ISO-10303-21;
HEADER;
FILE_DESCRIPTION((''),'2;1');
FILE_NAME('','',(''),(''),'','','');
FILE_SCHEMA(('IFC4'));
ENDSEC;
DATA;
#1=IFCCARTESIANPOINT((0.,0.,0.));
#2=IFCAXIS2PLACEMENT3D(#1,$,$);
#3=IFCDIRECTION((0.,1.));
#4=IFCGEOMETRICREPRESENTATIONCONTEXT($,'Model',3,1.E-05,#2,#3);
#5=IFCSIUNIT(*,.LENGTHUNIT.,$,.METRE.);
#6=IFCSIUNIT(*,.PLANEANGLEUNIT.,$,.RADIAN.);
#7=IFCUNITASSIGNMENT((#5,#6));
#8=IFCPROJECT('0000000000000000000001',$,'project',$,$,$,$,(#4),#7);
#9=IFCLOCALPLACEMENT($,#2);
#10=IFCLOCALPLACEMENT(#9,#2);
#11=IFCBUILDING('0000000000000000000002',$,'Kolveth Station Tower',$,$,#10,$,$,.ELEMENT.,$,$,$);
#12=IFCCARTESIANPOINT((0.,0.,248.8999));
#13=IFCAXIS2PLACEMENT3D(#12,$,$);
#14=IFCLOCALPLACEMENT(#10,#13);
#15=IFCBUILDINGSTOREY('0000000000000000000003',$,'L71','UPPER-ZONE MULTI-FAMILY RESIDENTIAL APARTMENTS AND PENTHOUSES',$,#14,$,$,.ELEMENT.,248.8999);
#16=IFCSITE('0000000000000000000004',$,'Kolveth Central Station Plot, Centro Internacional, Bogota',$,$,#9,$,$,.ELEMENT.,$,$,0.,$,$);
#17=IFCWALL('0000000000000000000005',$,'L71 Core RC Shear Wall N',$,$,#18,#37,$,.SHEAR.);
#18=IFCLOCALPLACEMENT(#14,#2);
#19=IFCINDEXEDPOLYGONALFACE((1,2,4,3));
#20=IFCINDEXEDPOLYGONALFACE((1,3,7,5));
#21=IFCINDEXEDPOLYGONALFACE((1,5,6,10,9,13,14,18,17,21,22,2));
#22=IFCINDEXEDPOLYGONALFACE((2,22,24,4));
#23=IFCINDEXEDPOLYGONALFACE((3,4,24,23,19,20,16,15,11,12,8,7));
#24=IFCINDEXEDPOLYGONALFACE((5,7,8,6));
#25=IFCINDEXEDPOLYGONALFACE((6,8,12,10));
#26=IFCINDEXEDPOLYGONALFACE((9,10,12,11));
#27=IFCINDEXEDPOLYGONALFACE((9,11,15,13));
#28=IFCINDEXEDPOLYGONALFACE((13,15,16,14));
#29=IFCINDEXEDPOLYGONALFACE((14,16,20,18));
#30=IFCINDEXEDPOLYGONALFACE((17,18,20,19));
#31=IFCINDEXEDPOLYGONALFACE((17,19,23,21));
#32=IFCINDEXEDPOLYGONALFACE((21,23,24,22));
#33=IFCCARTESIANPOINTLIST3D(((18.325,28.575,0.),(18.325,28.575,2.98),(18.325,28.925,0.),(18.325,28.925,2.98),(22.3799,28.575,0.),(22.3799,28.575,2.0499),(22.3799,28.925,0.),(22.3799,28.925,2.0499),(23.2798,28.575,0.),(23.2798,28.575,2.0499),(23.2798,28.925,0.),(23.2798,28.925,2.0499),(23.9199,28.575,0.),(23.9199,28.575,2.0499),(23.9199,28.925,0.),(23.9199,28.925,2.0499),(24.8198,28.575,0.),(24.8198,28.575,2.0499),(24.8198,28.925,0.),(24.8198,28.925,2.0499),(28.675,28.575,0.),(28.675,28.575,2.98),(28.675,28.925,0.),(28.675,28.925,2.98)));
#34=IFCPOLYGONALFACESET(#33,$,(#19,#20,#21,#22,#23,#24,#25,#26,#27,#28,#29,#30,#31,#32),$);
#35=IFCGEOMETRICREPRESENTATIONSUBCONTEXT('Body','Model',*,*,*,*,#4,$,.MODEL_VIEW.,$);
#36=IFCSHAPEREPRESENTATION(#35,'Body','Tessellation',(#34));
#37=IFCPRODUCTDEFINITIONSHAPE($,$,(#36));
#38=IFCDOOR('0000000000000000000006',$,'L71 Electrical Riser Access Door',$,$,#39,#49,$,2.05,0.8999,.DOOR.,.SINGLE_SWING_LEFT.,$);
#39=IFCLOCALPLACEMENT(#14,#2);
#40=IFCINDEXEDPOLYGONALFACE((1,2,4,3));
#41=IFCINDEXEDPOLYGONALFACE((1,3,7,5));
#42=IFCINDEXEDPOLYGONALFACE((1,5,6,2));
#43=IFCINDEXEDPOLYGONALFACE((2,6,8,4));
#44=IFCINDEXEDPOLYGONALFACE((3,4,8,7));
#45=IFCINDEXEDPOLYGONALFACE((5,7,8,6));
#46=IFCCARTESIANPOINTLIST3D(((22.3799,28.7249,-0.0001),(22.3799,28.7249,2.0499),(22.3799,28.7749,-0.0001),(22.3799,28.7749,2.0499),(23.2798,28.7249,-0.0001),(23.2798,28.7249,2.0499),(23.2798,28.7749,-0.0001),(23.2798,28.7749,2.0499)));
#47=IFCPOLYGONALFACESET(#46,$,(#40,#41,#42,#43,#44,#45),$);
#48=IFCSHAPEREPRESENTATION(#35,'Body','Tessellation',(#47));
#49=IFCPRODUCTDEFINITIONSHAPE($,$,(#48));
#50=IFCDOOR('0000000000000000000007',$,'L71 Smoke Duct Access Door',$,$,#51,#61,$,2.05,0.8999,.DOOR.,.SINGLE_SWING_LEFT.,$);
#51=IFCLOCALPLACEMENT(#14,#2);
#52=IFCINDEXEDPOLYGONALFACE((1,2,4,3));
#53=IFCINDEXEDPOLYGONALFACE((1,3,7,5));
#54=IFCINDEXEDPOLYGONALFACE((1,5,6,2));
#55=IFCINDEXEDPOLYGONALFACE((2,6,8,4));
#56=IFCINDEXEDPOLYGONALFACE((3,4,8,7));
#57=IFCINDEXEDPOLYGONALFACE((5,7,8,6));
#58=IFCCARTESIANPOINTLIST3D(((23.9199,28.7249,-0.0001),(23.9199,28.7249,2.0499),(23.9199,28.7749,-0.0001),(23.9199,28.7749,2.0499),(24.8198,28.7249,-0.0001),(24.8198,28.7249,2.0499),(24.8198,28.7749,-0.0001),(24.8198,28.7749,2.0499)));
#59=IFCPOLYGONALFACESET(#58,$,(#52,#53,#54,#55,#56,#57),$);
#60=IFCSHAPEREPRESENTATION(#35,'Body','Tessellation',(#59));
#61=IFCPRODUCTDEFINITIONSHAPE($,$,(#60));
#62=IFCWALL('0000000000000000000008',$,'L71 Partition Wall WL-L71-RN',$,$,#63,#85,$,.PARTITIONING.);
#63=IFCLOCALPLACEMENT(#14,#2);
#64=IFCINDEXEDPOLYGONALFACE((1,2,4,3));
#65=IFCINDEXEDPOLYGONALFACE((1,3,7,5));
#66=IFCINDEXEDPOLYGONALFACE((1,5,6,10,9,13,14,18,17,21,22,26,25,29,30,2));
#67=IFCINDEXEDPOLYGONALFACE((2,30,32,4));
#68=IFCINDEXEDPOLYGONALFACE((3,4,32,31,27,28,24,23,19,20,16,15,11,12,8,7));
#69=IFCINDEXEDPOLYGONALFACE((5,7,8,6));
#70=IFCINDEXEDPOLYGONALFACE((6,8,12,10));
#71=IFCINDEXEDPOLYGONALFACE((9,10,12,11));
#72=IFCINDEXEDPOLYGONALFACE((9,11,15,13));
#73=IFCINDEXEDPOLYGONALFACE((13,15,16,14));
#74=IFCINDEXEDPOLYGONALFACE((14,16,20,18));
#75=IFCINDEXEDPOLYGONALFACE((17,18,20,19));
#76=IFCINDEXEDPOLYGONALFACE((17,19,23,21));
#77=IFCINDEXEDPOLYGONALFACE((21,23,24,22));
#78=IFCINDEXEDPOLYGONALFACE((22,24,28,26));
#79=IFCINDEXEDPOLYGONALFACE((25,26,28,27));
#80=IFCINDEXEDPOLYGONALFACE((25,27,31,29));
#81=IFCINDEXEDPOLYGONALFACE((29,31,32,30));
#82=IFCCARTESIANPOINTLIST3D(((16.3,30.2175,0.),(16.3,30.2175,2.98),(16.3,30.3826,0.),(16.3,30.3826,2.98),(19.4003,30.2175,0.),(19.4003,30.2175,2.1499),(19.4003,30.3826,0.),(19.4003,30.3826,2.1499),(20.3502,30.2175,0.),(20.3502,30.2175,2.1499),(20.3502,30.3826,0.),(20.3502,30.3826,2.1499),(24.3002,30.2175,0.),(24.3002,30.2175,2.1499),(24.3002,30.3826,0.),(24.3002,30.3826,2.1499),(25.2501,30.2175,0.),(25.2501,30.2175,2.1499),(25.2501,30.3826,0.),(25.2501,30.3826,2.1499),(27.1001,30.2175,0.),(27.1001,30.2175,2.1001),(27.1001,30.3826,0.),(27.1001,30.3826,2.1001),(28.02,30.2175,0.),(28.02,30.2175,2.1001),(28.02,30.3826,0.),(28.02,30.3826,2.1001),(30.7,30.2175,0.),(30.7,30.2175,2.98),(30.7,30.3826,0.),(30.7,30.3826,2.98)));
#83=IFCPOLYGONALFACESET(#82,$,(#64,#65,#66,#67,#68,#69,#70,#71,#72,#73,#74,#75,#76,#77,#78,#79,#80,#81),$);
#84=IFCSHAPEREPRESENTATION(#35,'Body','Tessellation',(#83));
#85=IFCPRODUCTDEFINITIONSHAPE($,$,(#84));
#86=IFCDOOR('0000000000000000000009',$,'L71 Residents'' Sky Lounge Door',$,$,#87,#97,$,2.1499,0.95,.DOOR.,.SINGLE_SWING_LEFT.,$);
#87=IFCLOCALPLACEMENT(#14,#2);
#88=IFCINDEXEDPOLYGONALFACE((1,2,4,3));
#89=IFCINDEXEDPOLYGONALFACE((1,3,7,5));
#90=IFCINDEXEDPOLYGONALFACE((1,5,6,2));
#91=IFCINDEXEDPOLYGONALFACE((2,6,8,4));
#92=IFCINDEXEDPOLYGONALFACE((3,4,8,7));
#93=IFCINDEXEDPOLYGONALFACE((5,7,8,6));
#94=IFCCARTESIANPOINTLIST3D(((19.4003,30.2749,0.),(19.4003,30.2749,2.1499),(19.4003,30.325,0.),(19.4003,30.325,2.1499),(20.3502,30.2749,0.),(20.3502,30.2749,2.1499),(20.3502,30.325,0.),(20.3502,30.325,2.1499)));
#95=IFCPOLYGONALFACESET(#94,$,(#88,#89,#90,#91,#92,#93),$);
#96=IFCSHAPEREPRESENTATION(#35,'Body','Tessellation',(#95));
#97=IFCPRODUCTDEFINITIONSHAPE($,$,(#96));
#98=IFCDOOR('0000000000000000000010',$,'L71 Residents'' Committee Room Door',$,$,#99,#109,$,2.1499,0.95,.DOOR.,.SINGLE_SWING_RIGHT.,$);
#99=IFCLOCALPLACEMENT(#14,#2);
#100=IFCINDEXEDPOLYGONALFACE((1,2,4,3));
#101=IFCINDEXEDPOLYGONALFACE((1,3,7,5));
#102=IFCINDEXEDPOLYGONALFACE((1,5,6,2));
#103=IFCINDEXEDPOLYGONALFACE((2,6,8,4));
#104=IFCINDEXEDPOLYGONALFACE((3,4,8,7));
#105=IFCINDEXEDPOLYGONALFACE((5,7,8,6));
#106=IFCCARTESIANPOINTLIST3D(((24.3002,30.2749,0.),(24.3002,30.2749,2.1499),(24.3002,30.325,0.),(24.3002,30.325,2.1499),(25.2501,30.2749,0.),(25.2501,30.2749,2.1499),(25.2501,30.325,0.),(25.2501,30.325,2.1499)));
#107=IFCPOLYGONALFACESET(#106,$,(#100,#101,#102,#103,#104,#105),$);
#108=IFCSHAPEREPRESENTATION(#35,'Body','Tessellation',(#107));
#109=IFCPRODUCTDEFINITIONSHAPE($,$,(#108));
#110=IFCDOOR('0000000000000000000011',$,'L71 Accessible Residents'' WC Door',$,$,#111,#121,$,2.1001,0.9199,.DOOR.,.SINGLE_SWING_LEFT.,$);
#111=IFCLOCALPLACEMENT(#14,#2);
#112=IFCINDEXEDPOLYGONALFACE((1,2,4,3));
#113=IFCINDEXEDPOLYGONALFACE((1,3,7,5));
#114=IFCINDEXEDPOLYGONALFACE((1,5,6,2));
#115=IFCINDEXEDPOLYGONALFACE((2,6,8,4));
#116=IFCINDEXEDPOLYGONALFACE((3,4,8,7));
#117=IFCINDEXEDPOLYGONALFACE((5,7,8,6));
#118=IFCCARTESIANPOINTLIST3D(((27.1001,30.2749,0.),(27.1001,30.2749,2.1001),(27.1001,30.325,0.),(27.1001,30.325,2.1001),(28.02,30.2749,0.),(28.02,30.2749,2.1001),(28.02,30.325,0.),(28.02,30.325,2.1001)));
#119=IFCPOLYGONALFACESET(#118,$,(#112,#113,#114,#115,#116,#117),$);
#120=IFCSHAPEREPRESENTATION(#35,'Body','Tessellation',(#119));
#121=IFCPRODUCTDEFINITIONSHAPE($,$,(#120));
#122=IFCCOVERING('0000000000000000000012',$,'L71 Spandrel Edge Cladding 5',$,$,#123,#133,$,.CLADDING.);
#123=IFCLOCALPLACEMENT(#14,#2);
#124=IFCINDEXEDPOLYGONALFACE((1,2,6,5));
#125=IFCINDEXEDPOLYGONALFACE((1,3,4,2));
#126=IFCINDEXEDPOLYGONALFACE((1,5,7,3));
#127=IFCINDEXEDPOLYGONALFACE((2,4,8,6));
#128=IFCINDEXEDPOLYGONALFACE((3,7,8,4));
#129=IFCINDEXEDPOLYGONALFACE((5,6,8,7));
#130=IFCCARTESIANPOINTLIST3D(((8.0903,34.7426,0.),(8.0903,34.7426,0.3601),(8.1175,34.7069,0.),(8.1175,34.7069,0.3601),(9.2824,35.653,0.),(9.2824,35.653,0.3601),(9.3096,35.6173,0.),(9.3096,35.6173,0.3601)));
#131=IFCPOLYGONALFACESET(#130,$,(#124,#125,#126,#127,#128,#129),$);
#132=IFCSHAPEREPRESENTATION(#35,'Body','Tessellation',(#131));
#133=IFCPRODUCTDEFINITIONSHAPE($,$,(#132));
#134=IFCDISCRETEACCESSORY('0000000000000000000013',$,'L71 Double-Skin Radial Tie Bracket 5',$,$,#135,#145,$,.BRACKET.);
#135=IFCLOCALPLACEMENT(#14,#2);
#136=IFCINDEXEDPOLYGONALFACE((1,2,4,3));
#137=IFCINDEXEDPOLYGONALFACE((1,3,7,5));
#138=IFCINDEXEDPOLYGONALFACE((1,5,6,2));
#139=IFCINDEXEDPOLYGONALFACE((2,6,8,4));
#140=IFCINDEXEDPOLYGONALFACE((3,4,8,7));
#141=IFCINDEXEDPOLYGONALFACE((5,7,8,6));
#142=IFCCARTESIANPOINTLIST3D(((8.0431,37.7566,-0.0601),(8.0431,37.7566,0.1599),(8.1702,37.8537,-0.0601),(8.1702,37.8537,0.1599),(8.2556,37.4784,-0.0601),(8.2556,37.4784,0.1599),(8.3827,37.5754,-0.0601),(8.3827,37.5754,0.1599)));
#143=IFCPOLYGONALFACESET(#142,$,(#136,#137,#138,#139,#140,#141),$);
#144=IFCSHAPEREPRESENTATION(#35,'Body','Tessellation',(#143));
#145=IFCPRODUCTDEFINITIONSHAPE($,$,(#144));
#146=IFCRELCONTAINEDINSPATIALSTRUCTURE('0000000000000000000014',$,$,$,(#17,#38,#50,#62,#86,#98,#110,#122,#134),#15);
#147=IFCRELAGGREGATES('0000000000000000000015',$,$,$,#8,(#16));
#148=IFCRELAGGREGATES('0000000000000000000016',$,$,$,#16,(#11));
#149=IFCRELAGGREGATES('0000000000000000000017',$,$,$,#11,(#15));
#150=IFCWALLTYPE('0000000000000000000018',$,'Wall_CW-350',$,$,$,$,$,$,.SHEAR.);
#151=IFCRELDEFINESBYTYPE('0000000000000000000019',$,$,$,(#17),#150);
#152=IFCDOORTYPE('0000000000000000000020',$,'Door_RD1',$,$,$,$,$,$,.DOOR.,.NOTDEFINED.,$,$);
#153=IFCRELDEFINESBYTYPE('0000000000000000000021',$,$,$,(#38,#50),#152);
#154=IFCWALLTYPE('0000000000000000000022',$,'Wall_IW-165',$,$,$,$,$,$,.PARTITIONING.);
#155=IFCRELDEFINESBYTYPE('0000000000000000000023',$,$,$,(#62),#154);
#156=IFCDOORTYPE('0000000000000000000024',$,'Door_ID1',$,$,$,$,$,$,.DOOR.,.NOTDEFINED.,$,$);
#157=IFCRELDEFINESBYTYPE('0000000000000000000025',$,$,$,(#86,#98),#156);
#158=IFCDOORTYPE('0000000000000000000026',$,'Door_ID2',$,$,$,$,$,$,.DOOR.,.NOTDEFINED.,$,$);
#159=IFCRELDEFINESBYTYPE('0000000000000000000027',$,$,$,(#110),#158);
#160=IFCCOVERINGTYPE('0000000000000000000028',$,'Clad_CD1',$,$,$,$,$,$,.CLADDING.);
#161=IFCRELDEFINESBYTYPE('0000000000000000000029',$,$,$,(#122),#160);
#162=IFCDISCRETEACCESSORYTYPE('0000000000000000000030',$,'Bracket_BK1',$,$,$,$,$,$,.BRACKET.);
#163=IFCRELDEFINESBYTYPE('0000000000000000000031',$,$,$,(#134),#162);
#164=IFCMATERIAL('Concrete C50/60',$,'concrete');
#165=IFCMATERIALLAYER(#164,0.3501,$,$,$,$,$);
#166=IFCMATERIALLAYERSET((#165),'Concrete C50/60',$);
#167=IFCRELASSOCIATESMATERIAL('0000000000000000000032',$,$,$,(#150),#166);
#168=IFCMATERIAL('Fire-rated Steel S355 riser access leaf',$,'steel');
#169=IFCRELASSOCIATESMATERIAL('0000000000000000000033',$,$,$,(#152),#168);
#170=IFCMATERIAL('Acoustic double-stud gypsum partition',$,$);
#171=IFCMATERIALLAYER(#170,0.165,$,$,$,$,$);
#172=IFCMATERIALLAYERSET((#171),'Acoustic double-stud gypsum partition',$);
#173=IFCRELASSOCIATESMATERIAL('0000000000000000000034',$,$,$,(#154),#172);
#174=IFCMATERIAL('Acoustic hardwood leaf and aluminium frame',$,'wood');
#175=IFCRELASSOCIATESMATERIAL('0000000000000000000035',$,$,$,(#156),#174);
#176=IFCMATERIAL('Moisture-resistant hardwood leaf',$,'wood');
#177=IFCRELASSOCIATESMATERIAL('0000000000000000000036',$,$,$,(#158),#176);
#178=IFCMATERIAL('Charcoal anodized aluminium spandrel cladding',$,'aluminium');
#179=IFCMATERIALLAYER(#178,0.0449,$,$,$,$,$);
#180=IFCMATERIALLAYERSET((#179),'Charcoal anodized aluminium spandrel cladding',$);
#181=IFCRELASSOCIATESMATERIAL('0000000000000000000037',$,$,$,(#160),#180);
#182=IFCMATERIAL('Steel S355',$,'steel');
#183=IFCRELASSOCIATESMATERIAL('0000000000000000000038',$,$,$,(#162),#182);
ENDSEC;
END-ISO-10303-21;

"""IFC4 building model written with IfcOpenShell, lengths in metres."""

from ifc_helpers import new_model, si_unit, direction, frame, frame_2d, origin, origin_2d, place, context, subcontext, project, spatial, rectangle, extrude, source, transform, mapped, material, layer, layer_set, type_object, element, fill, save


model = new_model("IFC4")

# Units and contexts
model_context = context("Model", 3, precision=1e-05, world=origin(), true_north=direction((0.0, 1.0)))
body_context = subcontext(model_context, "Body", "Model", "MODEL_VIEW")
ifc_project = project(units=[si_unit("LENGTHUNIT", "METRE"), si_unit("PLANEANGLEUNIT", "RADIAN")], contexts=[model_context])

# Site, building, storey
site_placement = place(None, origin())
site = spatial("IfcSite", under=ifc_project, at=site_placement, Name="Kolveth Central Station Plot, Centro Internacional, Bogota", CompositionType="ELEMENT", RefElevation=0.0)
building_placement = place(site_placement, origin())
building = spatial("IfcBuilding", under=site, at=building_placement, Name="Kolveth Station Tower", CompositionType="ELEMENT")
storey_placement = place(building_placement, frame((0.0, 0.0, 248.8999)))
storey = spatial("IfcBuildingStorey", under=building, at=storey_placement, Name="L71", Description="UPPER-ZONE MULTI-FAMILY RESIDENTIAL APARTMENTS AND PENTHOUSES", CompositionType="ELEMENT", Elevation=248.8999)

# Shared definitions
ifc_material_1 = material(Name="Steel S355", Category="steel")

# Walls, openings, doors
ifc_material_2 = material(Name="Concrete C50/60", Category="concrete")
ifc_layer_1 = layer(ifc_material_2, 0.3501)
ifc_layer_set_1 = layer_set([ifc_layer_1], Name="Concrete C50/60")
wall_type_1 = type_object("IfcWallType", Name="Wall_CW-350", PredefinedType="SHEAR", material=ifc_layer_set_1)
wall_1_placement = place(storey_placement, frame((18.325, 28.75, 0.0), z_axis=(0.0, 0.0, 1.0), x_axis=(1.0, 0.0, 0.0)))
wall_1 = element("IfcWall", 1, at=wall_1_placement, inside=storey, type_object=wall_type_1, Name="L71 Core RC Shear Wall N", PredefinedType="SHEAR", context=body_context, shape_type="SweptSolid", body=[
    extrude(rectangle(XDim=10.3501, YDim=0.3501, at=frame_2d((5.175, 0.0))), origin(), (0.0, 0.0, 1.0), 2.98),
])
opening_1_placement = place(wall_1_placement, frame((4.0549, 0.0, 0.0)))
opening_1 = element("IfcOpeningElement", 2, at=opening_1_placement, cuts=wall_1, PredefinedType="OPENING", context=body_context, shape_type="SweptSolid", body=[
    extrude(rectangle(XDim=0.8999, YDim=2.05, at=frame_2d((0.45, 1.0249))), frame((0.0, 0.1851, 0.0), z_axis=(0.0, -1.0, 0.0), x_axis=(1.0, 0.0, 0.0)), (0.0, 0.0, 1.0), 0.3701),
])
opening_2_placement = place(wall_1_placement, frame((5.595, 0.0, 0.0)))
opening_2 = element("IfcOpeningElement", 3, at=opening_2_placement, cuts=wall_1, PredefinedType="OPENING", context=body_context, shape_type="SweptSolid", body=[
    extrude(rectangle(XDim=0.8999, YDim=2.05, at=frame_2d((0.45, 1.0249))), frame((0.0, 0.1851, 0.0), z_axis=(0.0, -1.0, 0.0), x_axis=(1.0, 0.0, 0.0)), (0.0, 0.0, 1.0), 0.3701),
])
ifc_material_3 = material(Name="Fire-rated Steel S355 riser access leaf", Category="steel")
door_type_1 = type_object("IfcDoorType", Name="Door_RD1", OperationType="NOTDEFINED", PredefinedType="DOOR", material=ifc_material_3)
door_1_placement = place(opening_1_placement, origin())
door_1 = element("IfcDoor", 4, at=door_1_placement, inside=storey, type_object=door_type_1, Name="L71 Electrical Riser Access Door", OperationType="SINGLE_SWING_LEFT", OverallHeight=2.05, OverallWidth=0.8999, PredefinedType="DOOR", context=body_context, shape_type="SweptSolid", body=[
    extrude(rectangle(XDim=0.8999, YDim=2.05, at=frame_2d((0.45, 1.0249))), frame((0.0, 0.0249, 0.0), z_axis=(0.0, -1.0, 0.0), x_axis=(1.0, 0.0, 0.0)), (0.0, 0.0, 1.0), 0.05),
])
fill(opening_1, door_1)
door_2_placement = place(opening_2_placement, origin())
door_2 = element("IfcDoor", 5, at=door_2_placement, inside=storey, type_object=door_type_1, Name="L71 Smoke Duct Access Door", OperationType="SINGLE_SWING_LEFT", OverallHeight=2.05, OverallWidth=0.8999, PredefinedType="DOOR", context=body_context, shape_type="SweptSolid", body=[
    extrude(rectangle(XDim=0.8999, YDim=2.05, at=frame_2d((0.45, 1.0249))), frame((0.0, 0.0249, 0.0), z_axis=(0.0, -1.0, 0.0), x_axis=(1.0, 0.0, 0.0)), (0.0, 0.0, 1.0), 0.05),
])
fill(opening_2, door_2)
ifc_material_4 = material(Name="Acoustic double-stud gypsum partition")
ifc_layer_2 = layer(ifc_material_4, 0.165)
ifc_layer_set_2 = layer_set([ifc_layer_2], Name="Acoustic double-stud gypsum partition")
wall_type_2 = type_object("IfcWallType", Name="Wall_IW-165", PredefinedType="PARTITIONING", material=ifc_layer_set_2)
wall_2_placement = place(storey_placement, frame((16.3, 30.3, 0.0), z_axis=(0.0, 0.0, 1.0), x_axis=(1.0, 0.0, 0.0)))
wall_2 = element("IfcWall", 6, at=wall_2_placement, inside=storey, type_object=wall_type_2, Name="L71 Partition Wall WL-L71-RN", PredefinedType="PARTITIONING", context=body_context, shape_type="SweptSolid", body=[
    extrude(rectangle(XDim=14.3999, YDim=0.165, at=frame_2d((7.2, 0.0))), origin(), (0.0, 0.0, 1.0), 2.98),
])
opening_3_placement = place(wall_2_placement, frame((3.1001, 0.0, 0.0)))
opening_3 = element("IfcOpeningElement", 7, at=opening_3_placement, cuts=wall_2, PredefinedType="OPENING", context=body_context, shape_type="SweptSolid", body=[
    extrude(rectangle(XDim=0.95, YDim=2.1499, at=frame_2d((0.4751, 1.075))), frame((0.0, 0.0925, 0.0), z_axis=(0.0, -1.0, 0.0), x_axis=(1.0, 0.0, 0.0)), (0.0, 0.0, 1.0), 0.1851),
])
opening_4_placement = place(wall_2_placement, frame((8.0, 0.0, 0.0)))
opening_4 = element("IfcOpeningElement", 8, at=opening_4_placement, cuts=wall_2, PredefinedType="OPENING", context=body_context, shape_type="SweptSolid", body=[
    extrude(rectangle(XDim=0.95, YDim=2.1499, at=frame_2d((0.4751, 1.075))), frame((0.0, 0.0925, 0.0), z_axis=(0.0, -1.0, 0.0), x_axis=(1.0, 0.0, 0.0)), (0.0, 0.0, 1.0), 0.1851),
])
opening_5_placement = place(wall_2_placement, frame((10.8, 0.0, 0.0)))
opening_5 = element("IfcOpeningElement", 9, at=opening_5_placement, cuts=wall_2, PredefinedType="OPENING", context=body_context, shape_type="SweptSolid", body=[
    extrude(rectangle(XDim=0.9199, YDim=2.1001, at=frame_2d((0.46, 1.05))), frame((0.0, 0.0925, 0.0), z_axis=(0.0, -1.0, 0.0), x_axis=(1.0, 0.0, 0.0)), (0.0, 0.0, 1.0), 0.1851),
])
ifc_material_5 = material(Name="Acoustic hardwood leaf and aluminium frame", Category="wood")
door_type_2 = type_object("IfcDoorType", Name="Door_ID1", OperationType="NOTDEFINED", PredefinedType="DOOR", material=ifc_material_5)
door_3_placement = place(opening_3_placement, origin())
door_3 = element("IfcDoor", 10, at=door_3_placement, inside=storey, type_object=door_type_2, Name="L71 Residents' Sky Lounge Door", OperationType="SINGLE_SWING_LEFT", OverallHeight=2.1499, OverallWidth=0.95, PredefinedType="DOOR", context=body_context, shape_type="SweptSolid", body=[
    extrude(rectangle(XDim=0.95, YDim=2.1499, at=frame_2d((0.4751, 1.075))), frame((0.0, 0.0249, 0.0), z_axis=(0.0, -1.0, 0.0), x_axis=(1.0, 0.0, 0.0)), (0.0, 0.0, 1.0), 0.05),
])
fill(opening_3, door_3)
door_4_placement = place(opening_4_placement, origin())
door_4 = element("IfcDoor", 11, at=door_4_placement, inside=storey, type_object=door_type_2, Name="L71 Residents' Committee Room Door", OperationType="SINGLE_SWING_RIGHT", OverallHeight=2.1499, OverallWidth=0.95, PredefinedType="DOOR", context=body_context, shape_type="SweptSolid", body=[
    extrude(rectangle(XDim=0.95, YDim=2.1499, at=frame_2d((0.4751, 1.075))), frame((0.0, 0.0249, 0.0), z_axis=(0.0, -1.0, 0.0), x_axis=(1.0, 0.0, 0.0)), (0.0, 0.0, 1.0), 0.05),
])
fill(opening_4, door_4)
ifc_material_6 = material(Name="Moisture-resistant hardwood leaf", Category="wood")
door_type_3 = type_object("IfcDoorType", Name="Door_ID2", OperationType="NOTDEFINED", PredefinedType="DOOR", material=ifc_material_6)
door_5_placement = place(opening_5_placement, origin())
door_5 = element("IfcDoor", 12, at=door_5_placement, inside=storey, type_object=door_type_3, Name="L71 Accessible Residents' WC Door", OperationType="SINGLE_SWING_LEFT", OverallHeight=2.1001, OverallWidth=0.9199, PredefinedType="DOOR", context=body_context, shape_type="SweptSolid", body=[
    extrude(rectangle(XDim=0.9199, YDim=2.1001, at=frame_2d((0.46, 1.05))), frame((0.0, 0.0249, 0.0), z_axis=(0.0, -1.0, 0.0), x_axis=(1.0, 0.0, 0.0)), (0.0, 0.0, 1.0), 0.05),
])
fill(opening_5, door_5)

# Covering
ifc_material_7 = material(Name="Charcoal anodized aluminium spandrel cladding", Category="aluminium")
ifc_layer_3 = layer(ifc_material_7, 0.0449)
ifc_layer_set_3 = layer_set([ifc_layer_3], Name="Charcoal anodized aluminium spandrel cladding")
covering_type = type_object("IfcCoveringType", Name="Clad_CD1", PredefinedType="CLADDING", material=ifc_layer_set_3)
shared_shape_1 = source(origin(), body_context, "Body", "SweptSolid", [
    extrude(rectangle(XDim=1.5, YDim=0.0449, at=origin_2d()), origin(), (0.0, 0.0, 1.0), 0.3601),
])
covering_placement = place(storey_placement, frame((8.7, 35.1799, 0.0), z_axis=(0.0, 0.0, 1.0), x_axis=(-0.794733, -0.60696, 0.0)))
element("IfcCovering", 13, at=covering_placement, inside=storey, type_object=covering_type, Name="L71 Spandrel Edge Cladding 5", PredefinedType="CLADDING", context=body_context, shape_type="MappedRepresentation", body=[
    mapped(shared_shape_1, transform((0.0, 0.0, 0.0), x_axis=(1.0, 0.0, 0.0), y_axis=(0.0, 1.0, 0.0), z_axis=(0.0, 0.0, 1.0), scale=1.0)),
])

# Discrete accessory
discrete_accessory_type = type_object("IfcDiscreteAccessoryType", Name="Bracket_BK1", PredefinedType="BRACKET", material=ifc_material_1)
shared_shape_2 = source(origin(), body_context, "Body", "SweptSolid", [
    extrude(rectangle(XDim=0.3501, YDim=0.1599, at=origin_2d()), origin(), (0.0, 0.0, 1.0), 0.22),
])
discrete_accessory_placement = place(storey_placement, frame((8.2129, 37.666, -0.0601), z_axis=(0.0, 0.0, 1.0), x_axis=(-0.60696, 0.794733, 0.0)))
element("IfcDiscreteAccessory", 14, at=discrete_accessory_placement, inside=storey, type_object=discrete_accessory_type, Name="L71 Double-Skin Radial Tie Bracket 5", PredefinedType="BRACKET", context=body_context, shape_type="MappedRepresentation", body=[
    mapped(shared_shape_2, transform((0.0, 0.0, 0.0), x_axis=(1.0, 0.0, 0.0), y_axis=(0.0, 1.0, 0.0), z_axis=(0.0, 0.0, 1.0), scale=1.0)),
])

save(model, "model.ifc")
